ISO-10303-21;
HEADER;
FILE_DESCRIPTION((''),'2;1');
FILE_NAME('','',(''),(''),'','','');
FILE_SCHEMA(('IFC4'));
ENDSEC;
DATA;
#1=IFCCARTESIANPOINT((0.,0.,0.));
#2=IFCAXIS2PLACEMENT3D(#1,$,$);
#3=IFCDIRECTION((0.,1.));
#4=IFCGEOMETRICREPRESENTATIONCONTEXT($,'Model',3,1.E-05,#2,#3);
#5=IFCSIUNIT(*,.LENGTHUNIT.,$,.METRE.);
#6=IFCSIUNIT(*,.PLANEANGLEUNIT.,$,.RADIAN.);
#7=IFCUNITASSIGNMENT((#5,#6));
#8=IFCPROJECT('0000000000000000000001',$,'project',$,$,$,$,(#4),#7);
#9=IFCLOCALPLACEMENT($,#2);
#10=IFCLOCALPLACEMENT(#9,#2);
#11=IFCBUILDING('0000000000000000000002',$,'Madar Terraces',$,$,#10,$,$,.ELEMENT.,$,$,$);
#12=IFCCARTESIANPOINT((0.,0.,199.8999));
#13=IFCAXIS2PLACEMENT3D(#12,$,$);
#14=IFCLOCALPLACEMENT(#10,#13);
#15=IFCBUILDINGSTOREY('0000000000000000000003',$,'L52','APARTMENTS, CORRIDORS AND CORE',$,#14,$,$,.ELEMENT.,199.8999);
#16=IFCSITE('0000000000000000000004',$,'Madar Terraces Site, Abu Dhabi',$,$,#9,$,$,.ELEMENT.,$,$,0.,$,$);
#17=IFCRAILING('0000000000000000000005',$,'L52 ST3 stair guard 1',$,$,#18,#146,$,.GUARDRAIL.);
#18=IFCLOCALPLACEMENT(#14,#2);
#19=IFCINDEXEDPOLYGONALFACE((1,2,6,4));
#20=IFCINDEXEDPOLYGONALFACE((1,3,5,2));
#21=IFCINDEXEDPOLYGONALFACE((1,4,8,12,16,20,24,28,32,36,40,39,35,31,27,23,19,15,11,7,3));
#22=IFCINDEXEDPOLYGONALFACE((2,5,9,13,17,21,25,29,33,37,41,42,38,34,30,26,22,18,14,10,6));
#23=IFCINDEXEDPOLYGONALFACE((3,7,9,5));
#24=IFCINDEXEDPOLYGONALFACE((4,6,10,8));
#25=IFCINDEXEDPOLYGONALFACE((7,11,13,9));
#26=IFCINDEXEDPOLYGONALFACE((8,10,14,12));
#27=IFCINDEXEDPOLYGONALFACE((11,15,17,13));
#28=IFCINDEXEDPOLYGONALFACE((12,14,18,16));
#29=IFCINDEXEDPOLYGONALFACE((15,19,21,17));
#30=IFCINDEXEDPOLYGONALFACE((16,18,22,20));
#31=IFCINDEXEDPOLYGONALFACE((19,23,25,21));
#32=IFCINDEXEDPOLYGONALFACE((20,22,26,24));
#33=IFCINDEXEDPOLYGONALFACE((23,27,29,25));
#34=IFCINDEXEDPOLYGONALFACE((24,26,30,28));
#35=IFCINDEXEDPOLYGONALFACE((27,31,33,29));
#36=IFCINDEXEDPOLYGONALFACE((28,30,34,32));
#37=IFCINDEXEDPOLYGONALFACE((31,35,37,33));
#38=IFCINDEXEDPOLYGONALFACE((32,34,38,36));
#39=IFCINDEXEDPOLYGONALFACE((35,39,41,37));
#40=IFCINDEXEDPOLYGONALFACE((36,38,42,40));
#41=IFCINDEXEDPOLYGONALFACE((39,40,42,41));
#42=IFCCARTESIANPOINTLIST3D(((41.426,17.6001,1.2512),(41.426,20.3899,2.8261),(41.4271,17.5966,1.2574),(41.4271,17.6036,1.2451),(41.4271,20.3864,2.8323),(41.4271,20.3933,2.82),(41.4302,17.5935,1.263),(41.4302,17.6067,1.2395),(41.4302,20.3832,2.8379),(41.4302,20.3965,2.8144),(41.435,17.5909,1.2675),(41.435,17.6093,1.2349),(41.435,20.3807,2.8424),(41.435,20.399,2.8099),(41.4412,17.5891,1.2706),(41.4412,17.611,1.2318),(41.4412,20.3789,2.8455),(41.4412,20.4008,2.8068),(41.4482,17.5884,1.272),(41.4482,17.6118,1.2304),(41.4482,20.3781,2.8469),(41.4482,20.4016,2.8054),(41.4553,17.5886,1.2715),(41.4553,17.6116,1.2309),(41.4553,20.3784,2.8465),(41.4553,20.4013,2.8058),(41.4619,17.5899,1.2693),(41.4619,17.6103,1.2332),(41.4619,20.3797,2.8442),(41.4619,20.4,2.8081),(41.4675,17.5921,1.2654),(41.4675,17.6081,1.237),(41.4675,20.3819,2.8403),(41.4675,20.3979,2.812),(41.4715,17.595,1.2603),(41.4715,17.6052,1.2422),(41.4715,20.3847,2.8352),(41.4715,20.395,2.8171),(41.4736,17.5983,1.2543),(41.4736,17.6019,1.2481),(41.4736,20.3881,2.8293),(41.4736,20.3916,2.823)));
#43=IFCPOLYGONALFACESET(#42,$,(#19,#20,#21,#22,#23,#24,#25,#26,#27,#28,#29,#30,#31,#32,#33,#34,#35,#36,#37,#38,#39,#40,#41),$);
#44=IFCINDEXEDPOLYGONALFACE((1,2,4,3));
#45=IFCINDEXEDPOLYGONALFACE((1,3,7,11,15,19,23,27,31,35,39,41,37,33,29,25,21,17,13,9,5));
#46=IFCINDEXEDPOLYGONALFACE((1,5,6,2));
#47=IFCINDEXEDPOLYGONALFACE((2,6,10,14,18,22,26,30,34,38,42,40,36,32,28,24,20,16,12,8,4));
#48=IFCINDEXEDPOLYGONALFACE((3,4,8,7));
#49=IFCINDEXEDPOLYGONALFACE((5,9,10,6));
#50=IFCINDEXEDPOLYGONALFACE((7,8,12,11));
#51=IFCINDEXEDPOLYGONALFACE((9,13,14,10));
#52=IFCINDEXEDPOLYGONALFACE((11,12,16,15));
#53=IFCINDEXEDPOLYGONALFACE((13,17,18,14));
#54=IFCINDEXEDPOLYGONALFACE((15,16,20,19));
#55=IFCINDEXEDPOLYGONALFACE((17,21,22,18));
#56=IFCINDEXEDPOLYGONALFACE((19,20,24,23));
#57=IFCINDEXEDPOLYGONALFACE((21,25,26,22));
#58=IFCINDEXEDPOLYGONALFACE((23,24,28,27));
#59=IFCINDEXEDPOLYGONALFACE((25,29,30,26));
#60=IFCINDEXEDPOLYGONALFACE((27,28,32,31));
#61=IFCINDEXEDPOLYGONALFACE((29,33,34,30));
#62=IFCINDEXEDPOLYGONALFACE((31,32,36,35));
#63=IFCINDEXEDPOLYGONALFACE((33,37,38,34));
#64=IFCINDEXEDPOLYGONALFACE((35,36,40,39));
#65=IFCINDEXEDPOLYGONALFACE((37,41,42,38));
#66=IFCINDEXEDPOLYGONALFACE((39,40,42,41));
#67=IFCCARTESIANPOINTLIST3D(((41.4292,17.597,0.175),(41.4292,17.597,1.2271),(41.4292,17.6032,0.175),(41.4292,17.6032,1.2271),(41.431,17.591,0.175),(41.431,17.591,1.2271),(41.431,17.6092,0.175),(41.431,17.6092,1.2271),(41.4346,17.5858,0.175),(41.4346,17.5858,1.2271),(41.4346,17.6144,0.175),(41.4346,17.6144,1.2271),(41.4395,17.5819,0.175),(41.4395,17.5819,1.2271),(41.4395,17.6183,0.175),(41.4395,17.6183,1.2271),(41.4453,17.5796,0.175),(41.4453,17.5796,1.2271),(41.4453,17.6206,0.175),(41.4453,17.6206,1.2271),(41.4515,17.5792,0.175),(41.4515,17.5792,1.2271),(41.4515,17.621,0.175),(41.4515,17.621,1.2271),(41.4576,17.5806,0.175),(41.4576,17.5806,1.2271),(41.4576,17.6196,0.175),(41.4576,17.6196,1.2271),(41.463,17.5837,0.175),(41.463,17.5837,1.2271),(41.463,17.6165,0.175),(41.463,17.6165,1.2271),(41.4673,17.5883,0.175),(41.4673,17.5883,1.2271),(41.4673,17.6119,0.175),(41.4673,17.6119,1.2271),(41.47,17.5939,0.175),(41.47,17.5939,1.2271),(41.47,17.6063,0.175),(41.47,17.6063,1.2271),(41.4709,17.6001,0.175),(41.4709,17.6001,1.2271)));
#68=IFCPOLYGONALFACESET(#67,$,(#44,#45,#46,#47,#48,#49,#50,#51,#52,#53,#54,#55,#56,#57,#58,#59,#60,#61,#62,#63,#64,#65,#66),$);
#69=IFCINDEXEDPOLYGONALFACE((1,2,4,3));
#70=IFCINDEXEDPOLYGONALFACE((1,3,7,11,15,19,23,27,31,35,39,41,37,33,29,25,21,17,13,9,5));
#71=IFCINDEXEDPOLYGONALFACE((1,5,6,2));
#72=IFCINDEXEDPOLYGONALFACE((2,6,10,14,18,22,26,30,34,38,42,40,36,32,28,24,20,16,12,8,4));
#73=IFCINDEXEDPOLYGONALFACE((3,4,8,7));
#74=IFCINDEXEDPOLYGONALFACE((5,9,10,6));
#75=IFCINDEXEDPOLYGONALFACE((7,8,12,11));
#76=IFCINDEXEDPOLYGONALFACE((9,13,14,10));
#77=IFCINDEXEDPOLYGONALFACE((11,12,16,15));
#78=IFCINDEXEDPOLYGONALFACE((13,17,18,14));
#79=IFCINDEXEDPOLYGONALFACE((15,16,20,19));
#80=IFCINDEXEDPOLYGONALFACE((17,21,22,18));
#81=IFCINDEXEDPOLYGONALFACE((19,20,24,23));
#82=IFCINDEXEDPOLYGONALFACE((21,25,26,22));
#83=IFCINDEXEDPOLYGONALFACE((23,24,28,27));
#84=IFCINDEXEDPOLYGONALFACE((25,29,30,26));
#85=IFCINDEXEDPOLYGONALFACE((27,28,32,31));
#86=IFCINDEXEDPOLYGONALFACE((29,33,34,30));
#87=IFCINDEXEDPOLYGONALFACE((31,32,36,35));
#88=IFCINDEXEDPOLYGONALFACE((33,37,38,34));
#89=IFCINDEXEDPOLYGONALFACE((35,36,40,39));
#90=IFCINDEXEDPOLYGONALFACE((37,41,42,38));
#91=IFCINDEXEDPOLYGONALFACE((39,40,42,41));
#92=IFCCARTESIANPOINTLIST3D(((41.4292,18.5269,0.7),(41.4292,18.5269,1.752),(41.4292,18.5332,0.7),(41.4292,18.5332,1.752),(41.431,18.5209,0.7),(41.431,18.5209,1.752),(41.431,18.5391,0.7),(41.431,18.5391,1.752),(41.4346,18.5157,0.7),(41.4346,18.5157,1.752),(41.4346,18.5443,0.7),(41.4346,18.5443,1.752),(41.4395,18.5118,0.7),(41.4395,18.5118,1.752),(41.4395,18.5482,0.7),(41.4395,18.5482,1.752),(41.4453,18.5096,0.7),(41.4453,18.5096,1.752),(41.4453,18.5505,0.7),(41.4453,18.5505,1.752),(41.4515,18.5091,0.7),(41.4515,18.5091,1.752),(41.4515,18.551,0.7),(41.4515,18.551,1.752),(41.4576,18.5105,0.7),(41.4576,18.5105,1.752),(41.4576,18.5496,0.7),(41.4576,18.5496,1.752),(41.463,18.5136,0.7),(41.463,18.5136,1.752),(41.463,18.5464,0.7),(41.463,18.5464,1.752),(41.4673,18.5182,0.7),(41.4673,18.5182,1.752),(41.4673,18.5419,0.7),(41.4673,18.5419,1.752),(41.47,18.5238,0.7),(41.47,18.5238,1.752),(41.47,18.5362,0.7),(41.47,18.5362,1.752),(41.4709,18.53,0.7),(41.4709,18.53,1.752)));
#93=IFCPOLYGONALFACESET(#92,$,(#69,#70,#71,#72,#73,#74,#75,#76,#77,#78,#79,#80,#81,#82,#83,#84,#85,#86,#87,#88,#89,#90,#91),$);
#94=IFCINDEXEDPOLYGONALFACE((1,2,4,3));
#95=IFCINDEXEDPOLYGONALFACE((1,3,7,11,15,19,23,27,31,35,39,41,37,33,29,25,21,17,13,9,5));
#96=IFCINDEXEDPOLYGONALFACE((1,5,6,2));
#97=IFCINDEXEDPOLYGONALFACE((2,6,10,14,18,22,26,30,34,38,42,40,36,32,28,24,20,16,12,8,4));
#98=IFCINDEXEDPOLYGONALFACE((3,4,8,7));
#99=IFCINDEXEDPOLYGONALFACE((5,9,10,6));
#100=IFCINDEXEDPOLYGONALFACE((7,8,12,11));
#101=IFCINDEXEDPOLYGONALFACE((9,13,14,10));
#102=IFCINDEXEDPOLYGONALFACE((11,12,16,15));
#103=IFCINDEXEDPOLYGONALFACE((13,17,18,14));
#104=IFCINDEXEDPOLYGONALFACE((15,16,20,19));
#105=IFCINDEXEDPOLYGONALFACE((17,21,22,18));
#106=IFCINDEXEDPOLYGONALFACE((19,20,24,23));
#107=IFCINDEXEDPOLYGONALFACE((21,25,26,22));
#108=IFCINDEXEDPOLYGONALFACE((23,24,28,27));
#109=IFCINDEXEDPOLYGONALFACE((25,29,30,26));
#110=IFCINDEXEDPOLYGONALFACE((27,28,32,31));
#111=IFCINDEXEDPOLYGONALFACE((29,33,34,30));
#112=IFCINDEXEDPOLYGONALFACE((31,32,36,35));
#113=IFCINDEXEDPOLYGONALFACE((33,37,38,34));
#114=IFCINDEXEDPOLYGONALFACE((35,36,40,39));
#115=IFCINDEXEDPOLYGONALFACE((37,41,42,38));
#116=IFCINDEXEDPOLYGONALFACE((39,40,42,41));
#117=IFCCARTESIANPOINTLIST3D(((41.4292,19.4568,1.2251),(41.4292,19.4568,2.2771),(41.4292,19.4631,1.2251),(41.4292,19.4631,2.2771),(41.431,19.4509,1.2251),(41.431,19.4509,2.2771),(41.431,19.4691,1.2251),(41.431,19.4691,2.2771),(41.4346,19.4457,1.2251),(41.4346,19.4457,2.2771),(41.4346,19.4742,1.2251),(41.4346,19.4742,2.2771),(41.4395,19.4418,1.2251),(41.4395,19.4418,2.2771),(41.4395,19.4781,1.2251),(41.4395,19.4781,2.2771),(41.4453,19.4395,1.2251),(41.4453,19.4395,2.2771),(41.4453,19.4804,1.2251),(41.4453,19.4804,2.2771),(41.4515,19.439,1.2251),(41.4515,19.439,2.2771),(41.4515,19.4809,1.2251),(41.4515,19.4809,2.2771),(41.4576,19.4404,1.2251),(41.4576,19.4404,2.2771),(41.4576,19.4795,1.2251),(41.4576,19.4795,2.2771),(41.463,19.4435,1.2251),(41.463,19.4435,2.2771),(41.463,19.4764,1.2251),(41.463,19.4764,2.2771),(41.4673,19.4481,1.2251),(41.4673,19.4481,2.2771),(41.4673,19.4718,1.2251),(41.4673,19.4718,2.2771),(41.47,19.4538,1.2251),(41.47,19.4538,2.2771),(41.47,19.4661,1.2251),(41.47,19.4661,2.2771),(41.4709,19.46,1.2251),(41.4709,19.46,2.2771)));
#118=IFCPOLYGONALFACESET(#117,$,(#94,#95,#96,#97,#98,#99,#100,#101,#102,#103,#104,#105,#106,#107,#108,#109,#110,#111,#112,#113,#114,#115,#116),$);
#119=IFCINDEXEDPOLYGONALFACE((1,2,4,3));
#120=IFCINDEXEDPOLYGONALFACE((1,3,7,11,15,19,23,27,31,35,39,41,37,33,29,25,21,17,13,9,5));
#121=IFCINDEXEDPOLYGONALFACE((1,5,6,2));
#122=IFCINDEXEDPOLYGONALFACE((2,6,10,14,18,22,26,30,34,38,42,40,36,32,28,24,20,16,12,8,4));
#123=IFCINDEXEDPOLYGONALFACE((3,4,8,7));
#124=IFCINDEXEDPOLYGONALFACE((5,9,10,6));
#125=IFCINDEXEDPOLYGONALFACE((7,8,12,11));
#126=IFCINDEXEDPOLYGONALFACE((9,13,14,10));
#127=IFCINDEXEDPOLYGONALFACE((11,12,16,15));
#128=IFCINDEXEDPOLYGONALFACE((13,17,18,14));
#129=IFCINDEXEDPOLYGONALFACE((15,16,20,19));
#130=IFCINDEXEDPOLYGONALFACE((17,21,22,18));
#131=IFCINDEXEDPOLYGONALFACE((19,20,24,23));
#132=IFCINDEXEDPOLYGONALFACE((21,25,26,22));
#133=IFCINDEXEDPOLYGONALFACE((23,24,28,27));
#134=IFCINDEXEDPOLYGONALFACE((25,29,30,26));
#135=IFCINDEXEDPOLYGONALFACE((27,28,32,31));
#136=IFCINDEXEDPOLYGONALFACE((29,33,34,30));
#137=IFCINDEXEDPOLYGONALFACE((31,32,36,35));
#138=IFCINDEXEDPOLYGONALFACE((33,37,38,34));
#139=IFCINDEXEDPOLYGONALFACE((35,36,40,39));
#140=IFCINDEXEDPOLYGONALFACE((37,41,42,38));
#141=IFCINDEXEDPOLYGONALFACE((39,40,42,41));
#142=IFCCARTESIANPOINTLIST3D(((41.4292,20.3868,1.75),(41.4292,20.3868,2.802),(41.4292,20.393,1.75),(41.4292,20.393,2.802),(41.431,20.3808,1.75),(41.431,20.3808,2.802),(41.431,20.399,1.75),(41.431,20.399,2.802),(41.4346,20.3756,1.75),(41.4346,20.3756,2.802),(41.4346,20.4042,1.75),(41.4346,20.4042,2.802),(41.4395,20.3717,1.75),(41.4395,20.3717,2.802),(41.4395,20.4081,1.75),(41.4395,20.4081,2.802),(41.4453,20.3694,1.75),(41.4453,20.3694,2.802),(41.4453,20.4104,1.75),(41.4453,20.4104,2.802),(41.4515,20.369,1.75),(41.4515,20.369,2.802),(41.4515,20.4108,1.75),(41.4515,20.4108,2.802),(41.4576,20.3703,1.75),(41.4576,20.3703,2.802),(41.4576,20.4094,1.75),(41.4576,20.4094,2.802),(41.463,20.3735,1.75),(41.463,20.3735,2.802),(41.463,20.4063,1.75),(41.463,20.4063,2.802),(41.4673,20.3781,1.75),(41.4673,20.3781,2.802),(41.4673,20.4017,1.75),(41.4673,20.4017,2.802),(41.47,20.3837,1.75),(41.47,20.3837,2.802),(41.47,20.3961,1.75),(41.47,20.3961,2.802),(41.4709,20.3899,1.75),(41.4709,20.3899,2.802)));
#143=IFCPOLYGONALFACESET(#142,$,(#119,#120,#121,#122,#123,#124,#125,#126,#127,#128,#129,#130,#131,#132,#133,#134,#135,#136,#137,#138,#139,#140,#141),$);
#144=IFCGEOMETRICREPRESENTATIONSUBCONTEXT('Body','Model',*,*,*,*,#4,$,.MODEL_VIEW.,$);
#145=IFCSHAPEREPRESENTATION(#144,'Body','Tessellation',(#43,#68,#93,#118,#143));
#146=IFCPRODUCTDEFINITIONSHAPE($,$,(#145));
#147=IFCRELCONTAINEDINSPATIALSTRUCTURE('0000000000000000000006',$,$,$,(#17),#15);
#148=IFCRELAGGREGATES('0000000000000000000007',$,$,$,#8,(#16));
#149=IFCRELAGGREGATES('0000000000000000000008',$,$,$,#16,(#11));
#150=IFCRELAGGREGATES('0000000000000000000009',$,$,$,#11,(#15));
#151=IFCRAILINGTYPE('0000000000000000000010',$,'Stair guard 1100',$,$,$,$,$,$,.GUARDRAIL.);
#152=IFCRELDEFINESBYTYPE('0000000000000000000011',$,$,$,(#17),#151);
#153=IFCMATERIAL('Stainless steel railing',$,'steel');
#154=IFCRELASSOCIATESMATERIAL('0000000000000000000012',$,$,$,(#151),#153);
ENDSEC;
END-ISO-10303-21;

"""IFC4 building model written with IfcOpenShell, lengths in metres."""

from ifc_helpers import new_model, si_unit, direction, frame, origin, origin_2d, place, context, subcontext, project, spatial, circle, extrude, material, type_object, element, save


model = new_model("IFC4")

# Units and contexts
model_context = context("Model", 3, precision=1e-05, world=origin(), true_north=direction((0.0, 1.0)))
body_context = subcontext(model_context, "Body", "Model", "MODEL_VIEW")
ifc_project = project(units=[si_unit("LENGTHUNIT", "METRE"), si_unit("PLANEANGLEUNIT", "RADIAN")], contexts=[model_context])

# Site, building, storey
site_placement = place(None, origin())
site = spatial("IfcSite", under=ifc_project, at=site_placement, Name="Madar Terraces Site, Abu Dhabi", CompositionType="ELEMENT", RefElevation=0.0)
building_placement = place(site_placement, origin())
building = spatial("IfcBuilding", under=site, at=building_placement, Name="Madar Terraces", CompositionType="ELEMENT")
storey_placement = place(building_placement, frame((0.0, 0.0, 199.8999)))
storey = spatial("IfcBuildingStorey", under=building, at=storey_placement, Name="L52", Description="APARTMENTS, CORRIDORS AND CORE", CompositionType="ELEMENT", Elevation=199.8999)

# Railing
ifc_material_1 = material(Name="Stainless steel railing", Category="steel")
railing_type_1 = type_object("IfcRailingType", Name="Stair guard 1100", PredefinedType="GUARDRAIL", material=ifc_material_1)
railing_1_placement = place(storey_placement, frame((41.45, 17.6001, 0.175)))
element("IfcRailing", 1, at=railing_1_placement, inside=storey, type_object=railing_type_1, Name="L52 ST3 stair guard 1", PredefinedType="GUARDRAIL", context=body_context, shape_type="SweptSolid", body=[
    extrude(circle(Radius=0.0239, at=origin_2d()), frame((0.0, 0.0, 1.0762), z_axis=(0.0, 0.870815, 0.49161), x_axis=(-1.0, 0.0, 0.0)), (0.0, 0.0, 1.0), 3.2036),
    extrude(circle(Radius=0.021, at=origin_2d()), origin(), (0.0, 0.0, 1.0), 1.052),
    extrude(circle(Radius=0.021, at=origin_2d()), frame((0.0, 0.9299, 0.5249)), (0.0, 0.0, 1.0), 1.052),
    extrude(circle(Radius=0.021, at=origin_2d()), frame((0.0, 1.8599, 1.05)), (0.0, 0.0, 1.0), 1.052),
    extrude(circle(Radius=0.021, at=origin_2d()), frame((0.0, 2.7898, 1.575)), (0.0, 0.0, 1.0), 1.052),
])

save(model, "model.ifc")
